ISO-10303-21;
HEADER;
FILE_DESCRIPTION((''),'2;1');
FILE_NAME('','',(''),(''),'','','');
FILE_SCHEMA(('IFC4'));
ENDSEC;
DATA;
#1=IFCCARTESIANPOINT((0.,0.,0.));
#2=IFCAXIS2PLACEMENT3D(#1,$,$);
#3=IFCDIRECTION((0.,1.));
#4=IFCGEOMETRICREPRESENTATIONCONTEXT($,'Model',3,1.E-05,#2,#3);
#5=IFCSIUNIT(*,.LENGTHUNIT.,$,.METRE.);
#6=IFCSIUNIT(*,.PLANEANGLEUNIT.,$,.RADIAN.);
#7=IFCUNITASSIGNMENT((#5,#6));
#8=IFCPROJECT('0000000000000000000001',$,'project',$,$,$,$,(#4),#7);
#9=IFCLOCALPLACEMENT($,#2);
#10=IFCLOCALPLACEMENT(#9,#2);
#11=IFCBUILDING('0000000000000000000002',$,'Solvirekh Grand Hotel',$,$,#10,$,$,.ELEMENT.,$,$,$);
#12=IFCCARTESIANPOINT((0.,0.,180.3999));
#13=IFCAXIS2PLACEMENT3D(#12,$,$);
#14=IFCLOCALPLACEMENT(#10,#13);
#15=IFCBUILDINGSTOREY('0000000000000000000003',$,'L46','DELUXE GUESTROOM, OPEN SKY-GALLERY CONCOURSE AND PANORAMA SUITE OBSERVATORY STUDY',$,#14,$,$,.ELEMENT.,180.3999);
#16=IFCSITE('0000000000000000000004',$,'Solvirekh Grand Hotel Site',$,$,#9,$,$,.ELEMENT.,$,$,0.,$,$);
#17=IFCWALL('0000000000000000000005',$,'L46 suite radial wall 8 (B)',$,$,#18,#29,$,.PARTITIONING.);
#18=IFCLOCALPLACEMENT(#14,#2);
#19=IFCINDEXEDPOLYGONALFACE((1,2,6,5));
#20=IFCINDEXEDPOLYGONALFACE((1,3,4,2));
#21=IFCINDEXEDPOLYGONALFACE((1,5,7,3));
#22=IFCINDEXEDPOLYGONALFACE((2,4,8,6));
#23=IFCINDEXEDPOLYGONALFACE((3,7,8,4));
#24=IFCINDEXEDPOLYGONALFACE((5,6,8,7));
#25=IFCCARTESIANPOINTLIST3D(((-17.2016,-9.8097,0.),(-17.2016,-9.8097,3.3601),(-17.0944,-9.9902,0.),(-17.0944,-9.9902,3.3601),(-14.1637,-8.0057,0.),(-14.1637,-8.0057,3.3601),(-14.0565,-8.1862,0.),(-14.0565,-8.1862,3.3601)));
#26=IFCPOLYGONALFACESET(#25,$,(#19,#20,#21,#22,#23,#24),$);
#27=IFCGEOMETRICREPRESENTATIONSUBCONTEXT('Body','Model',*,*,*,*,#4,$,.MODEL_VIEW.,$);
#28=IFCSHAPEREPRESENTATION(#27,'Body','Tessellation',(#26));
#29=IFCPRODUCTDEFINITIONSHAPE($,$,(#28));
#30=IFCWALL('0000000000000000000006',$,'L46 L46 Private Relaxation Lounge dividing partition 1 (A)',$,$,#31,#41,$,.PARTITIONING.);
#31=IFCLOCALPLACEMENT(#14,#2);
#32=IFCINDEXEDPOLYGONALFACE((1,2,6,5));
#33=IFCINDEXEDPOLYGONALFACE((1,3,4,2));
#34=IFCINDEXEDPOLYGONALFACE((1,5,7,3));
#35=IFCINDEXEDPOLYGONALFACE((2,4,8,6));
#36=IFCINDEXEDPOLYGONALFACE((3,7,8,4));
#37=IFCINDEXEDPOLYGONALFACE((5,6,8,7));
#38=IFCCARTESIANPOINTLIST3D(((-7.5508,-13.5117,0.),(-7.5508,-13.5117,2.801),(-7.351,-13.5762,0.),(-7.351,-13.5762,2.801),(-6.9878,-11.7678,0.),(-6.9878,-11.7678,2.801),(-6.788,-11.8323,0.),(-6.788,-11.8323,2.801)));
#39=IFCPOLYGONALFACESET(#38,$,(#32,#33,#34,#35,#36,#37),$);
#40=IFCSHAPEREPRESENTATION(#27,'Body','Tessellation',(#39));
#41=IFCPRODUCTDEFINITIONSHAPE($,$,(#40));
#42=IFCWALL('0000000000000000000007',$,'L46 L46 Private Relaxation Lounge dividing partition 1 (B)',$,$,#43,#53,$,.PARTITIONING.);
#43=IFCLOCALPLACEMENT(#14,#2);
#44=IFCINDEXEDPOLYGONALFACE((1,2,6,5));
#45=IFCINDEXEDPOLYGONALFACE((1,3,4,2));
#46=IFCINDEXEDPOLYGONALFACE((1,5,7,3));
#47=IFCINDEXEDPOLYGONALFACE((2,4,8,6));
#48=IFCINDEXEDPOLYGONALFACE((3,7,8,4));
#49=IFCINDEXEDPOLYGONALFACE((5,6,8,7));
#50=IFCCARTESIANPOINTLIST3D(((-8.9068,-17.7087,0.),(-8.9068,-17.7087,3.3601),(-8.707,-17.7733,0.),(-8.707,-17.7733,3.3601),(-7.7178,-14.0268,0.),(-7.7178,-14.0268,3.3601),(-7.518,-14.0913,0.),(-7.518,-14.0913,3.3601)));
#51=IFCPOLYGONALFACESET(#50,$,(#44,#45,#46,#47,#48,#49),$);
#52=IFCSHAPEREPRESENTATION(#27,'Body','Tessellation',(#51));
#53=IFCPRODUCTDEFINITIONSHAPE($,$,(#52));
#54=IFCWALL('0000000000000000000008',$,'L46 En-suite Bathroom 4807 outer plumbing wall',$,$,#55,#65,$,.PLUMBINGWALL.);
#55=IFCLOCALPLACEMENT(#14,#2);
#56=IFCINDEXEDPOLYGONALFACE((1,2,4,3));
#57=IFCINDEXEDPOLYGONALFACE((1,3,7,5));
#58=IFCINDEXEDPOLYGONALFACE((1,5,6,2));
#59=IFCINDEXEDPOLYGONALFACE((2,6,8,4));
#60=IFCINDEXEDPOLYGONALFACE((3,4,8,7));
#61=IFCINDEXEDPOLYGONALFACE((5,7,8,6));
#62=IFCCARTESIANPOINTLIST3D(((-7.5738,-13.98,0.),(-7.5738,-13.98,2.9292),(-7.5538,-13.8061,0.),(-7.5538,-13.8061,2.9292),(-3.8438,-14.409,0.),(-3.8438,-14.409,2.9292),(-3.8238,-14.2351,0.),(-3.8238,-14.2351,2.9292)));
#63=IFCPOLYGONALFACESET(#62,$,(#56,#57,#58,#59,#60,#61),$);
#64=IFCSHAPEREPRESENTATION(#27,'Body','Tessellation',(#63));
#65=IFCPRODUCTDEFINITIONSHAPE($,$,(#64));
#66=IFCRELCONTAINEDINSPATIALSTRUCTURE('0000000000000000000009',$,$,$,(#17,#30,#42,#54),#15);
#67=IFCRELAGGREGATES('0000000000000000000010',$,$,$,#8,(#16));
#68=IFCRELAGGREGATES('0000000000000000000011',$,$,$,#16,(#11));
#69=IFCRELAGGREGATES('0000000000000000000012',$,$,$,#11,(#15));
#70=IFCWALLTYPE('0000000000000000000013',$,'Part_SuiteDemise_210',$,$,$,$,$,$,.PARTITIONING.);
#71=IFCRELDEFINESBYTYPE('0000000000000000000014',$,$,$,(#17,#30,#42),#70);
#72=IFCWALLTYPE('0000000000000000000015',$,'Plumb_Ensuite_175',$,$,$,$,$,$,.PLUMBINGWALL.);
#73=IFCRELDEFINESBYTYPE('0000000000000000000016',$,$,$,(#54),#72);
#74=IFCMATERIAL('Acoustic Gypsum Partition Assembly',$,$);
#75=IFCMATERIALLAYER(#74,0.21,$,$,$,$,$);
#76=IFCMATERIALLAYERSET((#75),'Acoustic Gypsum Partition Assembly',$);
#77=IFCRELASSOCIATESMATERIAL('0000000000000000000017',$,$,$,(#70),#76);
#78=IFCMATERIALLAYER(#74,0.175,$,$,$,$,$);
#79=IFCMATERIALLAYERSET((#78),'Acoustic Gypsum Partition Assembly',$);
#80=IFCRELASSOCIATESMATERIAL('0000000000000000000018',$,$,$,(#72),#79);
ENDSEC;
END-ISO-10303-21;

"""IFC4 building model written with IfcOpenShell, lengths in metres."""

from ifc_helpers import new_model, si_unit, direction, frame, frame_2d, origin, place, context, subcontext, project, spatial, rectangle, extrude, material, layer, layer_set, type_object, element, save


model = new_model("IFC4")

# Units and contexts
model_context = context("Model", 3, precision=1e-05, world=origin(), true_north=direction((0.0, 1.0)))
body_context = subcontext(model_context, "Body", "Model", "MODEL_VIEW")
ifc_project = project(units=[si_unit("LENGTHUNIT", "METRE"), si_unit("PLANEANGLEUNIT", "RADIAN")], contexts=[model_context])

# Site, building, storey
site_placement = place(None, origin())
site = spatial("IfcSite", under=ifc_project, at=site_placement, Name="Solvirekh Grand Hotel Site", CompositionType="ELEMENT", RefElevation=0.0)
building_placement = place(site_placement, origin())
building = spatial("IfcBuilding", under=site, at=building_placement, Name="Solvirekh Grand Hotel", CompositionType="ELEMENT")
storey_placement = place(building_placement, frame((0.0, 0.0, 180.3999)))
storey = spatial("IfcBuildingStorey", under=building, at=storey_placement, Name="L46", Description="DELUXE GUESTROOM, OPEN SKY-GALLERY CONCOURSE AND PANORAMA SUITE OBSERVATORY STUDY", CompositionType="ELEMENT", Elevation=180.3999)

# Shared definitions
ifc_material_1 = material(Name="Acoustic Gypsum Partition Assembly")

# Walls
ifc_layer_1 = layer(ifc_material_1, 0.21)
ifc_layer_set_1 = layer_set([ifc_layer_1], Name="Acoustic Gypsum Partition Assembly")
wall_type_1 = type_object("IfcWallType", Name="Part_SuiteDemise_210", PredefinedType="PARTITIONING", material=ifc_layer_set_1)
wall_1_placement = place(storey_placement, frame((-14.1101, -8.0959, 0.0), z_axis=(0.0, 0.0, 1.0), x_axis=(-0.859825, -0.510588, 0.0)))
element("IfcWall", 1, at=wall_1_placement, inside=storey, type_object=wall_type_1, Name="L46 suite radial wall 8 (B)", PredefinedType="PARTITIONING", context=body_context, shape_type="SweptSolid", body=[
    extrude(rectangle(XDim=3.5332, YDim=0.21, at=frame_2d((1.7666, 0.0))), origin(), (0.0, 0.0, 1.0), 3.3601),
])
wall_2_placement = place(storey_placement, frame((-6.8879, -11.8, 0.0), z_axis=(0.0, 0.0, 1.0), x_axis=(-0.307221, -0.951638, 0.0)))
element("IfcWall", 2, at=wall_2_placement, inside=storey, type_object=wall_type_1, Name="L46 L46 Private Relaxation Lounge dividing partition 1 (A)", PredefinedType="PARTITIONING", context=body_context, shape_type="SweptSolid", body=[
    extrude(rectangle(XDim=1.8325, YDim=0.21, at=frame_2d((0.9163, 0.0))), origin(), (0.0, 0.0, 1.0), 2.801),
])
wall_3_placement = place(storey_placement, frame((-7.6179, -14.0591, 0.0), z_axis=(0.0, 0.0, 1.0), x_axis=(-0.307298, -0.951613, 0.0)))
element("IfcWall", 3, at=wall_3_placement, inside=storey, type_object=wall_type_1, Name="L46 L46 Private Relaxation Lounge dividing partition 1 (B)", PredefinedType="PARTITIONING", context=body_context, shape_type="SweptSolid", body=[
    extrude(rectangle(XDim=3.8691, YDim=0.21, at=frame_2d((1.9346, 0.0))), origin(), (0.0, 0.0, 1.0), 3.3601),
])
ifc_layer_2 = layer(ifc_material_1, 0.175)
ifc_layer_set_2 = layer_set([ifc_layer_2], Name="Acoustic Gypsum Partition Assembly")
wall_type_2 = type_object("IfcWallType", Name="Plumb_Ensuite_175", PredefinedType="PLUMBINGWALL", material=ifc_layer_set_2)
wall_4_placement = place(storey_placement, frame((-7.564, -13.8931, 0.0), z_axis=(0.0, 0.0, 1.0), x_axis=(0.993452, -0.114249, 0.0)))
element("IfcWall", 4, at=wall_4_placement, inside=storey, type_object=wall_type_2, Name="L46 En-suite Bathroom 4807 outer plumbing wall", PredefinedType="PLUMBINGWALL", context=body_context, shape_type="SweptSolid", body=[
    extrude(rectangle(XDim=3.7546, YDim=0.175, at=frame_2d((1.8774, 0.0))), origin(), (0.0, 0.0, 1.0), 2.9292),
])

save(model, "model.ifc")
